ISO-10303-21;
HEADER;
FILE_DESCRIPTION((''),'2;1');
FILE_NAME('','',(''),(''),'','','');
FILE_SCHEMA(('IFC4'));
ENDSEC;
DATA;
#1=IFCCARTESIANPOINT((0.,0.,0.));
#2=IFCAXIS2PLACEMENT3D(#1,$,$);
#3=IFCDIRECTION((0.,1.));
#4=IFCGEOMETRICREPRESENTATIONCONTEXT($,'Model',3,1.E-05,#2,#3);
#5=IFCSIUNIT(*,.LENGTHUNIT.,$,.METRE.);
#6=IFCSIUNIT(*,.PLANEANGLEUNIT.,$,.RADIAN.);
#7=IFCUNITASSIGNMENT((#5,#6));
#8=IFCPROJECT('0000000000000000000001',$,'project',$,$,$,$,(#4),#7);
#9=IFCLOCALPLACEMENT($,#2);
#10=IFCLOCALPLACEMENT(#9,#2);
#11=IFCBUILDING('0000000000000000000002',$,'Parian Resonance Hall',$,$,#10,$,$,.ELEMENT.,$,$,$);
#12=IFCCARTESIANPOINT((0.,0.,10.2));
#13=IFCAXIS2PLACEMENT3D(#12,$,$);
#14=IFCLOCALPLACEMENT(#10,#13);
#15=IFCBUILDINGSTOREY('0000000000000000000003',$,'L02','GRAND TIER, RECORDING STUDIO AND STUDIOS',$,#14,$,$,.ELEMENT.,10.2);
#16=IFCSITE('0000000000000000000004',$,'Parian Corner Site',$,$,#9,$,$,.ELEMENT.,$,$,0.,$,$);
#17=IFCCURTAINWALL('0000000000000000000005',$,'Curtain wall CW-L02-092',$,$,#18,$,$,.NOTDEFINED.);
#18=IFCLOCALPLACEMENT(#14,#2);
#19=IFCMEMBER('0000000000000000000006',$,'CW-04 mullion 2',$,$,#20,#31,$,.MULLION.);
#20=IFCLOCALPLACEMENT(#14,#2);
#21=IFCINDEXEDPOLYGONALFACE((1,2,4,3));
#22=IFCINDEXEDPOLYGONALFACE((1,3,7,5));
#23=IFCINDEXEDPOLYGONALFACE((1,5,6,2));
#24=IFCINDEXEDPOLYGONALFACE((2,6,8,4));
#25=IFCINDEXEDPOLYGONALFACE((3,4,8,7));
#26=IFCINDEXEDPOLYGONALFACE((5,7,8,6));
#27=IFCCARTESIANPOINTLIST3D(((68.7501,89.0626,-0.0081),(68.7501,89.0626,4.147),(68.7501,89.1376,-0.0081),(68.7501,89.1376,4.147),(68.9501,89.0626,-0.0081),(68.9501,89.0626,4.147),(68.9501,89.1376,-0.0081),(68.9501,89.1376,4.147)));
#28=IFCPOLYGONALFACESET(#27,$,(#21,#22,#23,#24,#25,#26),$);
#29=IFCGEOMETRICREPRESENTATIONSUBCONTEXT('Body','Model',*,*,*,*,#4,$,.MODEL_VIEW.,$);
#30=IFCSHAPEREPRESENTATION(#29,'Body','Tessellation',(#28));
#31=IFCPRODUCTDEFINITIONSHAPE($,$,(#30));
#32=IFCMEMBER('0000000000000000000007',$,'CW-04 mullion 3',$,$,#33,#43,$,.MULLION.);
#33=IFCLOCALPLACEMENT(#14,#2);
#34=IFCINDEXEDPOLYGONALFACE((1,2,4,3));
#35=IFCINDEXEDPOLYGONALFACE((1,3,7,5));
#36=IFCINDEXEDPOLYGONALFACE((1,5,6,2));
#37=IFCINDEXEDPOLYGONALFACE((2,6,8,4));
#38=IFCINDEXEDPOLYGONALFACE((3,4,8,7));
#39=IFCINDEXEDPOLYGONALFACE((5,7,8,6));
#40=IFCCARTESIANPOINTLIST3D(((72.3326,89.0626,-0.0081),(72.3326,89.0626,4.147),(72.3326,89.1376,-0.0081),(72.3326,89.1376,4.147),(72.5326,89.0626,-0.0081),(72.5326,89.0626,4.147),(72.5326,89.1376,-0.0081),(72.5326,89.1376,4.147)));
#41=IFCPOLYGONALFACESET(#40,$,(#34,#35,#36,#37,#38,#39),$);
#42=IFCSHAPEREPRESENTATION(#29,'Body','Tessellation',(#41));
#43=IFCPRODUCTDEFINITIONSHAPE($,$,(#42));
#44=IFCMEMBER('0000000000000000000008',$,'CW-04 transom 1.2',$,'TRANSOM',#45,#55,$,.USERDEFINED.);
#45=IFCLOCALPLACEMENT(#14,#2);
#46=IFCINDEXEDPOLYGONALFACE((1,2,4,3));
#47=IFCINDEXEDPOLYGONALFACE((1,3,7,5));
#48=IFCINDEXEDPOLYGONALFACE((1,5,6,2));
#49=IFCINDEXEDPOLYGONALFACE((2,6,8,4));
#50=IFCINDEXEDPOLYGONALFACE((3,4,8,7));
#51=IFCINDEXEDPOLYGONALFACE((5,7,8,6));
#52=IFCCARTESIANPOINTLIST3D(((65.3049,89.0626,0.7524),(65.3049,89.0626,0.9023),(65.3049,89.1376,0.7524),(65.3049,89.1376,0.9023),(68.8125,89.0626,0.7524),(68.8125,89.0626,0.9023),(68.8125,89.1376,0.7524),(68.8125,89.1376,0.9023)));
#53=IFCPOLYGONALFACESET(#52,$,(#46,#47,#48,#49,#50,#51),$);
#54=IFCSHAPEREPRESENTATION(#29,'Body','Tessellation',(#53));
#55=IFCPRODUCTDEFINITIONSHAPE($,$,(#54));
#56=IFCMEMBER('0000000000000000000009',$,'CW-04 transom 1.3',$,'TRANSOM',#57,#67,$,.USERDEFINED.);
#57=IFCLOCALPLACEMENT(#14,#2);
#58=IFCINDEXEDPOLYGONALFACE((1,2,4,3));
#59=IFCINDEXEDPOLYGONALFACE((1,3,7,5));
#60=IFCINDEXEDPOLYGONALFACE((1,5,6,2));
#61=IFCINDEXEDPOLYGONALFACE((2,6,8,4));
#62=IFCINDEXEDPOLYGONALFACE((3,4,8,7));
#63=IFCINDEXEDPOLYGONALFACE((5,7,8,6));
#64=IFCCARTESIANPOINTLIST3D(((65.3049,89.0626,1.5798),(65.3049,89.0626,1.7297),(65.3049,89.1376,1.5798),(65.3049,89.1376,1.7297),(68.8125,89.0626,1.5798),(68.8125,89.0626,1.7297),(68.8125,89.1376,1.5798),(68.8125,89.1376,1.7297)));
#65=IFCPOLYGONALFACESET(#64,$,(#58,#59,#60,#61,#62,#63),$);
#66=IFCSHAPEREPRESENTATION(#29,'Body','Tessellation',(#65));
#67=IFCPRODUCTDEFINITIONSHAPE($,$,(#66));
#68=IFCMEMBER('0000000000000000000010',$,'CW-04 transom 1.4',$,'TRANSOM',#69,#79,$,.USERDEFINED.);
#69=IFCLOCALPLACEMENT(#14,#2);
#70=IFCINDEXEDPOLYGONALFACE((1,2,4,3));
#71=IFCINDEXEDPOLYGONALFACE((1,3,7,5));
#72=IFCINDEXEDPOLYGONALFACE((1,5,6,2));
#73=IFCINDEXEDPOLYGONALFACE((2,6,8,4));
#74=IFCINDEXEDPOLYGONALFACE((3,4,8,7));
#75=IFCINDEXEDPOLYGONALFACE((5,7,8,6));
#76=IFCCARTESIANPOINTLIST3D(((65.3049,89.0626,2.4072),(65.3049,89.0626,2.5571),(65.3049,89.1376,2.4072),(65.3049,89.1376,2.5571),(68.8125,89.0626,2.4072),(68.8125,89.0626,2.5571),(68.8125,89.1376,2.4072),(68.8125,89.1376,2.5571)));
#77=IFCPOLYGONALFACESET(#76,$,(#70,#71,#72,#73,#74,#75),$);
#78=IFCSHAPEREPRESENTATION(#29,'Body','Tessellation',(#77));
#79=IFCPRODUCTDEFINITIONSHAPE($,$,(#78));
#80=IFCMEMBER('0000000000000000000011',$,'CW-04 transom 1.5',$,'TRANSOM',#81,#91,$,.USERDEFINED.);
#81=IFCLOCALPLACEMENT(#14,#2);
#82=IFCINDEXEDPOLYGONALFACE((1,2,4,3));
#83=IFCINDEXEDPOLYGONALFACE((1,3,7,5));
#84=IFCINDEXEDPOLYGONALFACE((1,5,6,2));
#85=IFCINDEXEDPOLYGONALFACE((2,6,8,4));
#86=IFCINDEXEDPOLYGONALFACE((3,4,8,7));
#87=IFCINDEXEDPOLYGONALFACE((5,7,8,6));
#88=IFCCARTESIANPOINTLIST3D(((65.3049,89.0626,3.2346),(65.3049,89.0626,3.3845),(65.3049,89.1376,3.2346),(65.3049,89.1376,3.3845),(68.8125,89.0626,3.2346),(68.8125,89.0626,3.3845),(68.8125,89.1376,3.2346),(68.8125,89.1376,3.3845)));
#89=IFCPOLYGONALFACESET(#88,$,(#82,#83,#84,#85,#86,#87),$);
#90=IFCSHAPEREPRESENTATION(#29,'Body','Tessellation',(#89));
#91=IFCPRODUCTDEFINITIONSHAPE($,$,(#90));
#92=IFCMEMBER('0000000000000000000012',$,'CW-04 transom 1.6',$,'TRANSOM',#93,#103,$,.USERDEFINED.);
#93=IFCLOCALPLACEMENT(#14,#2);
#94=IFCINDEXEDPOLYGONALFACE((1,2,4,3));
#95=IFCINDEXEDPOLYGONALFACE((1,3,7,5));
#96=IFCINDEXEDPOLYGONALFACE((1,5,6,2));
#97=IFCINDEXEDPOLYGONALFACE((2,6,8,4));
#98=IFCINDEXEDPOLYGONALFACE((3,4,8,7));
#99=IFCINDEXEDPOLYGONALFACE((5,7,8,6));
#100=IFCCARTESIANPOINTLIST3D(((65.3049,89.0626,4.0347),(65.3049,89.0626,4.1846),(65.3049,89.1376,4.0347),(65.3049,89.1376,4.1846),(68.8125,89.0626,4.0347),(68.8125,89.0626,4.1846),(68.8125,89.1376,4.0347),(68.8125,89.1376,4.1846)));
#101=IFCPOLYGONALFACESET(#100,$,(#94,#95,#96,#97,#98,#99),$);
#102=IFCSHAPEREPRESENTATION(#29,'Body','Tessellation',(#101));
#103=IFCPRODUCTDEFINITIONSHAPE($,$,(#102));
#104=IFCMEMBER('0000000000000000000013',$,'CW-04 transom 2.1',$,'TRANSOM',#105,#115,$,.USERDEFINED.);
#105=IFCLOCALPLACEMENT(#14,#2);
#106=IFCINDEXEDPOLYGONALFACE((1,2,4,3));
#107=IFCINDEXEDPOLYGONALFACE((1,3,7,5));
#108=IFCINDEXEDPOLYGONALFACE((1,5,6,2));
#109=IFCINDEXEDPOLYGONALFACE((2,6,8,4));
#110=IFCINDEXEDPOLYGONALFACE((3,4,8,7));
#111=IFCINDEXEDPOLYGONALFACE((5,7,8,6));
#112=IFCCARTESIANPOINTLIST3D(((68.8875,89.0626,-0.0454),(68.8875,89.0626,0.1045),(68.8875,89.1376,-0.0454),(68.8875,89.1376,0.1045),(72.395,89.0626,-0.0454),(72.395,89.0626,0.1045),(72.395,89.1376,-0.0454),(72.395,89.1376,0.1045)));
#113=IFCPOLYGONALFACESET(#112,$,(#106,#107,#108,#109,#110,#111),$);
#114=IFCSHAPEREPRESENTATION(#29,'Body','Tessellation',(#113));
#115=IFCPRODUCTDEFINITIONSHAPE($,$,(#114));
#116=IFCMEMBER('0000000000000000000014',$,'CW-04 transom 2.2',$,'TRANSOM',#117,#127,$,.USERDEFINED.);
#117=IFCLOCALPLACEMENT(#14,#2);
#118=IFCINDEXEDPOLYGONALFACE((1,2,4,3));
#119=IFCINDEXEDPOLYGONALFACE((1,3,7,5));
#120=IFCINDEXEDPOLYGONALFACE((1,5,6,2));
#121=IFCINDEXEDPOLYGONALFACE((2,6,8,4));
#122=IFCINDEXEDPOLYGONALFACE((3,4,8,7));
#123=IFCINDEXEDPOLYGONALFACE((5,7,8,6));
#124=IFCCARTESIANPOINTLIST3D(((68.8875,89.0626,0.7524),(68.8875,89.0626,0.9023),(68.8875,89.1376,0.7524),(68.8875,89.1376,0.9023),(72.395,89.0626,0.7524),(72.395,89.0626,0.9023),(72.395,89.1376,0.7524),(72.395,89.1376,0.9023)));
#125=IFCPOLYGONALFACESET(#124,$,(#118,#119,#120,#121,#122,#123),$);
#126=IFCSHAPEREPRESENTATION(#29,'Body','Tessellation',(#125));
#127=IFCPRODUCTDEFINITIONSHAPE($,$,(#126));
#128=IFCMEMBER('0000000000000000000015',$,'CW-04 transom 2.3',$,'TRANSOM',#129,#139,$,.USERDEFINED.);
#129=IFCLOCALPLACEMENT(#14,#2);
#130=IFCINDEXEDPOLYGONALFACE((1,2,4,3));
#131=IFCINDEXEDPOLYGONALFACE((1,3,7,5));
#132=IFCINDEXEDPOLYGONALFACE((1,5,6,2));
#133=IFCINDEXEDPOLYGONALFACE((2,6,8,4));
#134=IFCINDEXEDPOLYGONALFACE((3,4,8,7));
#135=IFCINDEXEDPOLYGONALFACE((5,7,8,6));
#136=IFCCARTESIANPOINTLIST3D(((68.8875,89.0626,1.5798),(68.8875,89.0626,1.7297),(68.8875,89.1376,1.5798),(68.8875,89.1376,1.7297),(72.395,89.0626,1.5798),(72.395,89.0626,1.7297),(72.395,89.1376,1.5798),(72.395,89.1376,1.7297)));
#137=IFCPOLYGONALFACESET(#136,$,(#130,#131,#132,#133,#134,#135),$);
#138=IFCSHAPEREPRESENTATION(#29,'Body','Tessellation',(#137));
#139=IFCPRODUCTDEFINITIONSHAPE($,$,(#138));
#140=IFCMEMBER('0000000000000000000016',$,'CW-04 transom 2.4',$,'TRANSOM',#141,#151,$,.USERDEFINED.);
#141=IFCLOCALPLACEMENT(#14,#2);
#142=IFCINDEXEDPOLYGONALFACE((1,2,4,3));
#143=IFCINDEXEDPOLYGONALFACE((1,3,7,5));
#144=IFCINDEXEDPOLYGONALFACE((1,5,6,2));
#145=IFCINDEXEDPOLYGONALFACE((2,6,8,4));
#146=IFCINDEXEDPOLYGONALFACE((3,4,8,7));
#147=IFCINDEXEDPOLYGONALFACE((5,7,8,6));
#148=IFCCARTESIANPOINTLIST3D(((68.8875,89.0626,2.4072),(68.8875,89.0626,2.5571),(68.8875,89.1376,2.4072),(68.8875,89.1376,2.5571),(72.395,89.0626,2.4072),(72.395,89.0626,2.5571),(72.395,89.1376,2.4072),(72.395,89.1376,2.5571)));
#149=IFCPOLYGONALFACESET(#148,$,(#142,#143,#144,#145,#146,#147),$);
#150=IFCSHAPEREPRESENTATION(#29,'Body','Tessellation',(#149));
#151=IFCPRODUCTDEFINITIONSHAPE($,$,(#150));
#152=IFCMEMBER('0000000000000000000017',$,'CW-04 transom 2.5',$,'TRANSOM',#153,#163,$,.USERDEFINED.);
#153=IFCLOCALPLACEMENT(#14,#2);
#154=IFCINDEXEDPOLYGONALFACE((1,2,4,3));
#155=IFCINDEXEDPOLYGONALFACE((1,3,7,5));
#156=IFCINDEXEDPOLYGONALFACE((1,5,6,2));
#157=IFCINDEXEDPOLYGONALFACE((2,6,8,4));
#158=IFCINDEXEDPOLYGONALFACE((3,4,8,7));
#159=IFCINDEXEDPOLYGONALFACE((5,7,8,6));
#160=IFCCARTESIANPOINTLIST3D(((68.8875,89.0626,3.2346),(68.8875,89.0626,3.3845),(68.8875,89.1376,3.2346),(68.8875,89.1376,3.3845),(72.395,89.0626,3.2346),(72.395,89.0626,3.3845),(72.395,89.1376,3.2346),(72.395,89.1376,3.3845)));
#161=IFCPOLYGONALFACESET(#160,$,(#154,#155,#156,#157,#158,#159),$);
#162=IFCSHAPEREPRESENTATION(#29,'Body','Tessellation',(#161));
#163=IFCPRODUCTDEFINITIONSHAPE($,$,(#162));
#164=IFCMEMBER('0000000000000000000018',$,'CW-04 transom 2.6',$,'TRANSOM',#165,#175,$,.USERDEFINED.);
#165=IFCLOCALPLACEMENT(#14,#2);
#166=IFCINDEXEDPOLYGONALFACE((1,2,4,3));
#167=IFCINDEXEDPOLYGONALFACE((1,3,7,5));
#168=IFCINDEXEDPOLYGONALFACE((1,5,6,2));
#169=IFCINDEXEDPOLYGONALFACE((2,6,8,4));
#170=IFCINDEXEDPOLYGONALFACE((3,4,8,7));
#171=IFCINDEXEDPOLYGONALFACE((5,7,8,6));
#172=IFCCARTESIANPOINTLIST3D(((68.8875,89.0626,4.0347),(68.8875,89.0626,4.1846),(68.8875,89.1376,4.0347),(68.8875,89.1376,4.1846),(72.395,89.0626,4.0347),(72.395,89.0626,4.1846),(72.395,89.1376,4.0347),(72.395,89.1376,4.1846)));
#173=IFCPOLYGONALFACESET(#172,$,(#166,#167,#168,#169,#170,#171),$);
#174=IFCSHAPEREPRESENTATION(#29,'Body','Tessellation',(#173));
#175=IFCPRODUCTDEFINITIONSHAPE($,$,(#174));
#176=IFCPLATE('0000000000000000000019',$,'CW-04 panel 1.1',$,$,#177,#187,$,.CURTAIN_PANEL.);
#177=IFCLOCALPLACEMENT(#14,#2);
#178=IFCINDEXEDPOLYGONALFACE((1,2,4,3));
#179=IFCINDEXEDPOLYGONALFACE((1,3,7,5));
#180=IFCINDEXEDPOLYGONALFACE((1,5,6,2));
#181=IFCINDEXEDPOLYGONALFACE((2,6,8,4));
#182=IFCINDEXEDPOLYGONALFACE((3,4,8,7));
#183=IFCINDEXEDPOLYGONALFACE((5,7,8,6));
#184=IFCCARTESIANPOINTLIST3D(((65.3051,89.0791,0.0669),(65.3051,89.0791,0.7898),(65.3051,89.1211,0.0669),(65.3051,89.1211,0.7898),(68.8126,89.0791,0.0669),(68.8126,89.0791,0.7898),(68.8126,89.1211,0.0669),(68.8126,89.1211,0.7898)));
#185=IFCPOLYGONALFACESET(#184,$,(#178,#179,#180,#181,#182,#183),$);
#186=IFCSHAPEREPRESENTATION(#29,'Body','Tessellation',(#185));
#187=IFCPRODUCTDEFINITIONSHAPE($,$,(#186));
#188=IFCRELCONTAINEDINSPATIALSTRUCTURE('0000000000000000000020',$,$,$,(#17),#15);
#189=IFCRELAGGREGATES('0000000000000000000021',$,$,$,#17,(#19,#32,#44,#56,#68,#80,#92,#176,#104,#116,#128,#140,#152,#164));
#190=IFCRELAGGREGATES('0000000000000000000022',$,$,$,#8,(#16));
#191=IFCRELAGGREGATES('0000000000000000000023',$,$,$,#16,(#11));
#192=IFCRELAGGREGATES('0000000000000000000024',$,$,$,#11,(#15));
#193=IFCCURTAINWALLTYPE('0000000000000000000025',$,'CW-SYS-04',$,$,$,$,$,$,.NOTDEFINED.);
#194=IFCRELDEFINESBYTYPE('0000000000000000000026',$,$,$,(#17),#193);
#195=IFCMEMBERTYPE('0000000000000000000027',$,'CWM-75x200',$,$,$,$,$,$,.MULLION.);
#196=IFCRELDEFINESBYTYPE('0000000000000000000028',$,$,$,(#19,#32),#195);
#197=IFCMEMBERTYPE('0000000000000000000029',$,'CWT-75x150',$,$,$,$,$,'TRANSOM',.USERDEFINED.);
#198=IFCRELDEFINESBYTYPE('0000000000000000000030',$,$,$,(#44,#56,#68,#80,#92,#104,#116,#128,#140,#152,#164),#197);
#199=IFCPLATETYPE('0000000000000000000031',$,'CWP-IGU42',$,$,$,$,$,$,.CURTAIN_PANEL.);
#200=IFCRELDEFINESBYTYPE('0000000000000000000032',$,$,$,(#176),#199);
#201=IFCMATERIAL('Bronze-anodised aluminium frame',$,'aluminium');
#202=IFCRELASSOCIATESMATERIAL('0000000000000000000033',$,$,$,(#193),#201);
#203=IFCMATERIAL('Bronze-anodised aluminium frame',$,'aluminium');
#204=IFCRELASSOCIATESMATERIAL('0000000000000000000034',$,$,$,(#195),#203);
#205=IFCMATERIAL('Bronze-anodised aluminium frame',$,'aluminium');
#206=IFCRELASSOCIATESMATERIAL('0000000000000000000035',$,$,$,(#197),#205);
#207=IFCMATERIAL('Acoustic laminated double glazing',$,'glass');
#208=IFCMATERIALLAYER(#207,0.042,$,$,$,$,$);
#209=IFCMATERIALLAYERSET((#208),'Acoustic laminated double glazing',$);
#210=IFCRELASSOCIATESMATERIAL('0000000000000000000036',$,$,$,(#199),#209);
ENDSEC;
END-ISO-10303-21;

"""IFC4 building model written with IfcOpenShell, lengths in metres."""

from ifc_helpers import new_model, si_unit, direction, frame, origin, origin_2d, place, context, subcontext, project, spatial, rectangle, extrude, material, layer, layer_set, material_profile, profile_set, type_object, element, aggregate, save


model = new_model("IFC4")

# Units and contexts
model_context = context("Model", 3, precision=1e-05, world=origin(), true_north=direction((0.0, 1.0)))
body_context = subcontext(model_context, "Body", "Model", "MODEL_VIEW")
ifc_project = project(units=[si_unit("LENGTHUNIT", "METRE"), si_unit("PLANEANGLEUNIT", "RADIAN")], contexts=[model_context])

# Site, building, storey
site_placement = place(None, origin())
site = spatial("IfcSite", under=ifc_project, at=site_placement, Name="Parian Corner Site", CompositionType="ELEMENT", RefElevation=0.0)
building_placement = place(site_placement, origin())
building = spatial("IfcBuilding", under=site, at=building_placement, Name="Parian Resonance Hall", CompositionType="ELEMENT")
storey_placement = place(building_placement, frame((0.0, 0.0, 10.2)))
storey = spatial("IfcBuildingStorey", under=building, at=storey_placement, Name="L02", Description="GRAND TIER, RECORDING STUDIO AND STUDIOS", CompositionType="ELEMENT", Elevation=10.2)

# Curtain wall, members, plate
ifc_material_1 = material(Name="Bronze-anodised aluminium frame", Category="aluminium")
curtain_wall_type = type_object("IfcCurtainWallType", Name="CW-SYS-04", PredefinedType="NOTDEFINED", material=ifc_material_1)
curtain_wall_placement = place(storey_placement, origin())
curtain_wall = element("IfcCurtainWall", 1, at=curtain_wall_placement, inside=storey, type_object=curtain_wall_type, Name="Curtain wall CW-L02-092", PredefinedType="NOTDEFINED")
ifc_material_2 = material(Name="Bronze-anodised aluminium frame", Category="aluminium")
ifc_material_profile_1 = material_profile(ifc_material_2, rectangle(XDim=0.075, YDim=0.2, at=origin_2d()), Name="CWM-75x200")
ifc_profile_set_1 = profile_set([ifc_material_profile_1], Name="Bronze-anodised aluminium frame")
member_type_1 = type_object("IfcMemberType", Name="CWM-75x200", PredefinedType="MULLION", material=ifc_profile_set_1)
member_1_placement = place(storey_placement, frame((68.8501, 89.1001, -0.0081), z_axis=(0.0, 0.0, 1.0), x_axis=(0.0, 1.0, 0.0)))
member_1 = element("IfcMember", 2, at=member_1_placement, type_object=member_type_1, Name="CW-04 mullion 2", PredefinedType="MULLION", context=body_context, shape_type="SweptSolid", body=[
    extrude(rectangle(XDim=0.075, YDim=0.2, at=origin_2d()), origin(), (0.0, 0.0, 1.0), 4.155),
])
member_2_placement = place(storey_placement, frame((72.4326, 89.1001, -0.0081), z_axis=(0.0, 0.0, 1.0), x_axis=(0.0, 1.0, 0.0)))
member_2 = element("IfcMember", 3, at=member_2_placement, type_object=member_type_1, Name="CW-04 mullion 3", PredefinedType="MULLION", context=body_context, shape_type="SweptSolid", body=[
    extrude(rectangle(XDim=0.075, YDim=0.2, at=origin_2d()), origin(), (0.0, 0.0, 1.0), 4.155),
])
ifc_material_3 = material(Name="Bronze-anodised aluminium frame", Category="aluminium")
ifc_material_profile_2 = material_profile(ifc_material_3, rectangle(XDim=0.075, YDim=0.1499, at=origin_2d()), Name="CWT-75x150")
ifc_profile_set_2 = profile_set([ifc_material_profile_2], Name="Bronze-anodised aluminium frame")
member_type_2 = type_object("IfcMemberType", Name="CWT-75x150", ElementType="TRANSOM", PredefinedType="USERDEFINED", material=ifc_profile_set_2)
member_3_placement = place(storey_placement, frame((65.3049, 89.1001, 0.8274), z_axis=(1.0, 0.0, 0.0), x_axis=(0.0, 1.0, 0.0)))
member_3 = element("IfcMember", 4, at=member_3_placement, type_object=member_type_2, Name="CW-04 transom 1.2", ObjectType="TRANSOM", PredefinedType="USERDEFINED", context=body_context, shape_type="SweptSolid", body=[
    extrude(rectangle(XDim=0.075, YDim=0.1499, at=origin_2d()), origin(), (0.0, 0.0, 1.0), 3.5076),
])
member_4_placement = place(storey_placement, frame((65.3049, 89.1001, 1.6548), z_axis=(1.0, 0.0, 0.0), x_axis=(0.0, 1.0, 0.0)))
member_4 = element("IfcMember", 5, at=member_4_placement, type_object=member_type_2, Name="CW-04 transom 1.3", ObjectType="TRANSOM", PredefinedType="USERDEFINED", context=body_context, shape_type="SweptSolid", body=[
    extrude(rectangle(XDim=0.075, YDim=0.1499, at=origin_2d()), origin(), (0.0, 0.0, 1.0), 3.5076),
])
member_5_placement = place(storey_placement, frame((65.3049, 89.1001, 2.4822), z_axis=(1.0, 0.0, 0.0), x_axis=(0.0, 1.0, 0.0)))
member_5 = element("IfcMember", 6, at=member_5_placement, type_object=member_type_2, Name="CW-04 transom 1.4", ObjectType="TRANSOM", PredefinedType="USERDEFINED", context=body_context, shape_type="SweptSolid", body=[
    extrude(rectangle(XDim=0.075, YDim=0.1499, at=origin_2d()), origin(), (0.0, 0.0, 1.0), 3.5076),
])
member_6_placement = place(storey_placement, frame((65.3049, 89.1001, 3.3096), z_axis=(1.0, 0.0, 0.0), x_axis=(0.0, 1.0, 0.0)))
member_6 = element("IfcMember", 7, at=member_6_placement, type_object=member_type_2, Name="CW-04 transom 1.5", ObjectType="TRANSOM", PredefinedType="USERDEFINED", context=body_context, shape_type="SweptSolid", body=[
    extrude(rectangle(XDim=0.075, YDim=0.1499, at=origin_2d()), origin(), (0.0, 0.0, 1.0), 3.5076),
])
member_7_placement = place(storey_placement, frame((65.3049, 89.1001, 4.1096), z_axis=(1.0, 0.0, 0.0), x_axis=(0.0, 1.0, 0.0)))
member_7 = element("IfcMember", 8, at=member_7_placement, type_object=member_type_2, Name="CW-04 transom 1.6", ObjectType="TRANSOM", PredefinedType="USERDEFINED", context=body_context, shape_type="SweptSolid", body=[
    extrude(rectangle(XDim=0.075, YDim=0.1499, at=origin_2d()), origin(), (0.0, 0.0, 1.0), 3.5076),
])
member_8_placement = place(storey_placement, frame((68.8875, 89.1001, 0.0295), z_axis=(1.0, 0.0, 0.0), x_axis=(0.0, 1.0, 0.0)))
member_8 = element("IfcMember", 9, at=member_8_placement, type_object=member_type_2, Name="CW-04 transom 2.1", ObjectType="TRANSOM", PredefinedType="USERDEFINED", context=body_context, shape_type="SweptSolid", body=[
    extrude(rectangle(XDim=0.075, YDim=0.1499, at=origin_2d()), origin(), (0.0, 0.0, 1.0), 3.5076),
])
member_9_placement = place(storey_placement, frame((68.8875, 89.1001, 0.8274), z_axis=(1.0, 0.0, 0.0), x_axis=(0.0, 1.0, 0.0)))
member_9 = element("IfcMember", 10, at=member_9_placement, type_object=member_type_2, Name="CW-04 transom 2.2", ObjectType="TRANSOM", PredefinedType="USERDEFINED", context=body_context, shape_type="SweptSolid", body=[
    extrude(rectangle(XDim=0.075, YDim=0.1499, at=origin_2d()), origin(), (0.0, 0.0, 1.0), 3.5076),
])
member_10_placement = place(storey_placement, frame((68.8875, 89.1001, 1.6548), z_axis=(1.0, 0.0, 0.0), x_axis=(0.0, 1.0, 0.0)))
member_10 = element("IfcMember", 11, at=member_10_placement, type_object=member_type_2, Name="CW-04 transom 2.3", ObjectType="TRANSOM", PredefinedType="USERDEFINED", context=body_context, shape_type="SweptSolid", body=[
    extrude(rectangle(XDim=0.075, YDim=0.1499, at=origin_2d()), origin(), (0.0, 0.0, 1.0), 3.5076),
])
member_11_placement = place(storey_placement, frame((68.8875, 89.1001, 2.4822), z_axis=(1.0, 0.0, 0.0), x_axis=(0.0, 1.0, 0.0)))
member_11 = element("IfcMember", 12, at=member_11_placement, type_object=member_type_2, Name="CW-04 transom 2.4", ObjectType="TRANSOM", PredefinedType="USERDEFINED", context=body_context, shape_type="SweptSolid", body=[
    extrude(rectangle(XDim=0.075, YDim=0.1499, at=origin_2d()), origin(), (0.0, 0.0, 1.0), 3.5076),
])
member_12_placement = place(storey_placement, frame((68.8875, 89.1001, 3.3096), z_axis=(1.0, 0.0, 0.0), x_axis=(0.0, 1.0, 0.0)))
member_12 = element("IfcMember", 13, at=member_12_placement, type_object=member_type_2, Name="CW-04 transom 2.5", ObjectType="TRANSOM", PredefinedType="USERDEFINED", context=body_context, shape_type="SweptSolid", body=[
    extrude(rectangle(XDim=0.075, YDim=0.1499, at=origin_2d()), origin(), (0.0, 0.0, 1.0), 3.5076),
])
member_13_placement = place(storey_placement, frame((68.8875, 89.1001, 4.1096), z_axis=(1.0, 0.0, 0.0), x_axis=(0.0, 1.0, 0.0)))
member_13 = element("IfcMember", 14, at=member_13_placement, type_object=member_type_2, Name="CW-04 transom 2.6", ObjectType="TRANSOM", PredefinedType="USERDEFINED", context=body_context, shape_type="SweptSolid", body=[
    extrude(rectangle(XDim=0.075, YDim=0.1499, at=origin_2d()), origin(), (0.0, 0.0, 1.0), 3.5076),
])
ifc_material_4 = material(Name="Acoustic laminated double glazing", Category="glass")
ifc_layer_1 = layer(ifc_material_4, 0.042)
ifc_layer_set_1 = layer_set([ifc_layer_1], Name="Acoustic laminated double glazing")
plate_type = type_object("IfcPlateType", Name="CWP-IGU42", PredefinedType="CURTAIN_PANEL", material=ifc_layer_set_1)
plate_1_placement = place(storey_placement, frame((67.0588, 89.1001, 0.0669), z_axis=(0.0, 0.0, 1.0), x_axis=(1.0, 0.0, 0.0)))
plate_1 = element("IfcPlate", 15, at=plate_1_placement, type_object=plate_type, Name="CW-04 panel 1.1", PredefinedType="CURTAIN_PANEL", context=body_context, shape_type="SweptSolid", body=[
    extrude(rectangle(XDim=3.5076, YDim=0.042, at=origin_2d()), origin(), (0.0, 0.0, 1.0), 0.7229),
])
aggregate(curtain_wall, [member_1, member_2, member_3, member_4, member_5, member_6, member_7, plate_1, member_8, member_9, member_10, member_11, member_12, member_13])

save(model, "model.ifc")
